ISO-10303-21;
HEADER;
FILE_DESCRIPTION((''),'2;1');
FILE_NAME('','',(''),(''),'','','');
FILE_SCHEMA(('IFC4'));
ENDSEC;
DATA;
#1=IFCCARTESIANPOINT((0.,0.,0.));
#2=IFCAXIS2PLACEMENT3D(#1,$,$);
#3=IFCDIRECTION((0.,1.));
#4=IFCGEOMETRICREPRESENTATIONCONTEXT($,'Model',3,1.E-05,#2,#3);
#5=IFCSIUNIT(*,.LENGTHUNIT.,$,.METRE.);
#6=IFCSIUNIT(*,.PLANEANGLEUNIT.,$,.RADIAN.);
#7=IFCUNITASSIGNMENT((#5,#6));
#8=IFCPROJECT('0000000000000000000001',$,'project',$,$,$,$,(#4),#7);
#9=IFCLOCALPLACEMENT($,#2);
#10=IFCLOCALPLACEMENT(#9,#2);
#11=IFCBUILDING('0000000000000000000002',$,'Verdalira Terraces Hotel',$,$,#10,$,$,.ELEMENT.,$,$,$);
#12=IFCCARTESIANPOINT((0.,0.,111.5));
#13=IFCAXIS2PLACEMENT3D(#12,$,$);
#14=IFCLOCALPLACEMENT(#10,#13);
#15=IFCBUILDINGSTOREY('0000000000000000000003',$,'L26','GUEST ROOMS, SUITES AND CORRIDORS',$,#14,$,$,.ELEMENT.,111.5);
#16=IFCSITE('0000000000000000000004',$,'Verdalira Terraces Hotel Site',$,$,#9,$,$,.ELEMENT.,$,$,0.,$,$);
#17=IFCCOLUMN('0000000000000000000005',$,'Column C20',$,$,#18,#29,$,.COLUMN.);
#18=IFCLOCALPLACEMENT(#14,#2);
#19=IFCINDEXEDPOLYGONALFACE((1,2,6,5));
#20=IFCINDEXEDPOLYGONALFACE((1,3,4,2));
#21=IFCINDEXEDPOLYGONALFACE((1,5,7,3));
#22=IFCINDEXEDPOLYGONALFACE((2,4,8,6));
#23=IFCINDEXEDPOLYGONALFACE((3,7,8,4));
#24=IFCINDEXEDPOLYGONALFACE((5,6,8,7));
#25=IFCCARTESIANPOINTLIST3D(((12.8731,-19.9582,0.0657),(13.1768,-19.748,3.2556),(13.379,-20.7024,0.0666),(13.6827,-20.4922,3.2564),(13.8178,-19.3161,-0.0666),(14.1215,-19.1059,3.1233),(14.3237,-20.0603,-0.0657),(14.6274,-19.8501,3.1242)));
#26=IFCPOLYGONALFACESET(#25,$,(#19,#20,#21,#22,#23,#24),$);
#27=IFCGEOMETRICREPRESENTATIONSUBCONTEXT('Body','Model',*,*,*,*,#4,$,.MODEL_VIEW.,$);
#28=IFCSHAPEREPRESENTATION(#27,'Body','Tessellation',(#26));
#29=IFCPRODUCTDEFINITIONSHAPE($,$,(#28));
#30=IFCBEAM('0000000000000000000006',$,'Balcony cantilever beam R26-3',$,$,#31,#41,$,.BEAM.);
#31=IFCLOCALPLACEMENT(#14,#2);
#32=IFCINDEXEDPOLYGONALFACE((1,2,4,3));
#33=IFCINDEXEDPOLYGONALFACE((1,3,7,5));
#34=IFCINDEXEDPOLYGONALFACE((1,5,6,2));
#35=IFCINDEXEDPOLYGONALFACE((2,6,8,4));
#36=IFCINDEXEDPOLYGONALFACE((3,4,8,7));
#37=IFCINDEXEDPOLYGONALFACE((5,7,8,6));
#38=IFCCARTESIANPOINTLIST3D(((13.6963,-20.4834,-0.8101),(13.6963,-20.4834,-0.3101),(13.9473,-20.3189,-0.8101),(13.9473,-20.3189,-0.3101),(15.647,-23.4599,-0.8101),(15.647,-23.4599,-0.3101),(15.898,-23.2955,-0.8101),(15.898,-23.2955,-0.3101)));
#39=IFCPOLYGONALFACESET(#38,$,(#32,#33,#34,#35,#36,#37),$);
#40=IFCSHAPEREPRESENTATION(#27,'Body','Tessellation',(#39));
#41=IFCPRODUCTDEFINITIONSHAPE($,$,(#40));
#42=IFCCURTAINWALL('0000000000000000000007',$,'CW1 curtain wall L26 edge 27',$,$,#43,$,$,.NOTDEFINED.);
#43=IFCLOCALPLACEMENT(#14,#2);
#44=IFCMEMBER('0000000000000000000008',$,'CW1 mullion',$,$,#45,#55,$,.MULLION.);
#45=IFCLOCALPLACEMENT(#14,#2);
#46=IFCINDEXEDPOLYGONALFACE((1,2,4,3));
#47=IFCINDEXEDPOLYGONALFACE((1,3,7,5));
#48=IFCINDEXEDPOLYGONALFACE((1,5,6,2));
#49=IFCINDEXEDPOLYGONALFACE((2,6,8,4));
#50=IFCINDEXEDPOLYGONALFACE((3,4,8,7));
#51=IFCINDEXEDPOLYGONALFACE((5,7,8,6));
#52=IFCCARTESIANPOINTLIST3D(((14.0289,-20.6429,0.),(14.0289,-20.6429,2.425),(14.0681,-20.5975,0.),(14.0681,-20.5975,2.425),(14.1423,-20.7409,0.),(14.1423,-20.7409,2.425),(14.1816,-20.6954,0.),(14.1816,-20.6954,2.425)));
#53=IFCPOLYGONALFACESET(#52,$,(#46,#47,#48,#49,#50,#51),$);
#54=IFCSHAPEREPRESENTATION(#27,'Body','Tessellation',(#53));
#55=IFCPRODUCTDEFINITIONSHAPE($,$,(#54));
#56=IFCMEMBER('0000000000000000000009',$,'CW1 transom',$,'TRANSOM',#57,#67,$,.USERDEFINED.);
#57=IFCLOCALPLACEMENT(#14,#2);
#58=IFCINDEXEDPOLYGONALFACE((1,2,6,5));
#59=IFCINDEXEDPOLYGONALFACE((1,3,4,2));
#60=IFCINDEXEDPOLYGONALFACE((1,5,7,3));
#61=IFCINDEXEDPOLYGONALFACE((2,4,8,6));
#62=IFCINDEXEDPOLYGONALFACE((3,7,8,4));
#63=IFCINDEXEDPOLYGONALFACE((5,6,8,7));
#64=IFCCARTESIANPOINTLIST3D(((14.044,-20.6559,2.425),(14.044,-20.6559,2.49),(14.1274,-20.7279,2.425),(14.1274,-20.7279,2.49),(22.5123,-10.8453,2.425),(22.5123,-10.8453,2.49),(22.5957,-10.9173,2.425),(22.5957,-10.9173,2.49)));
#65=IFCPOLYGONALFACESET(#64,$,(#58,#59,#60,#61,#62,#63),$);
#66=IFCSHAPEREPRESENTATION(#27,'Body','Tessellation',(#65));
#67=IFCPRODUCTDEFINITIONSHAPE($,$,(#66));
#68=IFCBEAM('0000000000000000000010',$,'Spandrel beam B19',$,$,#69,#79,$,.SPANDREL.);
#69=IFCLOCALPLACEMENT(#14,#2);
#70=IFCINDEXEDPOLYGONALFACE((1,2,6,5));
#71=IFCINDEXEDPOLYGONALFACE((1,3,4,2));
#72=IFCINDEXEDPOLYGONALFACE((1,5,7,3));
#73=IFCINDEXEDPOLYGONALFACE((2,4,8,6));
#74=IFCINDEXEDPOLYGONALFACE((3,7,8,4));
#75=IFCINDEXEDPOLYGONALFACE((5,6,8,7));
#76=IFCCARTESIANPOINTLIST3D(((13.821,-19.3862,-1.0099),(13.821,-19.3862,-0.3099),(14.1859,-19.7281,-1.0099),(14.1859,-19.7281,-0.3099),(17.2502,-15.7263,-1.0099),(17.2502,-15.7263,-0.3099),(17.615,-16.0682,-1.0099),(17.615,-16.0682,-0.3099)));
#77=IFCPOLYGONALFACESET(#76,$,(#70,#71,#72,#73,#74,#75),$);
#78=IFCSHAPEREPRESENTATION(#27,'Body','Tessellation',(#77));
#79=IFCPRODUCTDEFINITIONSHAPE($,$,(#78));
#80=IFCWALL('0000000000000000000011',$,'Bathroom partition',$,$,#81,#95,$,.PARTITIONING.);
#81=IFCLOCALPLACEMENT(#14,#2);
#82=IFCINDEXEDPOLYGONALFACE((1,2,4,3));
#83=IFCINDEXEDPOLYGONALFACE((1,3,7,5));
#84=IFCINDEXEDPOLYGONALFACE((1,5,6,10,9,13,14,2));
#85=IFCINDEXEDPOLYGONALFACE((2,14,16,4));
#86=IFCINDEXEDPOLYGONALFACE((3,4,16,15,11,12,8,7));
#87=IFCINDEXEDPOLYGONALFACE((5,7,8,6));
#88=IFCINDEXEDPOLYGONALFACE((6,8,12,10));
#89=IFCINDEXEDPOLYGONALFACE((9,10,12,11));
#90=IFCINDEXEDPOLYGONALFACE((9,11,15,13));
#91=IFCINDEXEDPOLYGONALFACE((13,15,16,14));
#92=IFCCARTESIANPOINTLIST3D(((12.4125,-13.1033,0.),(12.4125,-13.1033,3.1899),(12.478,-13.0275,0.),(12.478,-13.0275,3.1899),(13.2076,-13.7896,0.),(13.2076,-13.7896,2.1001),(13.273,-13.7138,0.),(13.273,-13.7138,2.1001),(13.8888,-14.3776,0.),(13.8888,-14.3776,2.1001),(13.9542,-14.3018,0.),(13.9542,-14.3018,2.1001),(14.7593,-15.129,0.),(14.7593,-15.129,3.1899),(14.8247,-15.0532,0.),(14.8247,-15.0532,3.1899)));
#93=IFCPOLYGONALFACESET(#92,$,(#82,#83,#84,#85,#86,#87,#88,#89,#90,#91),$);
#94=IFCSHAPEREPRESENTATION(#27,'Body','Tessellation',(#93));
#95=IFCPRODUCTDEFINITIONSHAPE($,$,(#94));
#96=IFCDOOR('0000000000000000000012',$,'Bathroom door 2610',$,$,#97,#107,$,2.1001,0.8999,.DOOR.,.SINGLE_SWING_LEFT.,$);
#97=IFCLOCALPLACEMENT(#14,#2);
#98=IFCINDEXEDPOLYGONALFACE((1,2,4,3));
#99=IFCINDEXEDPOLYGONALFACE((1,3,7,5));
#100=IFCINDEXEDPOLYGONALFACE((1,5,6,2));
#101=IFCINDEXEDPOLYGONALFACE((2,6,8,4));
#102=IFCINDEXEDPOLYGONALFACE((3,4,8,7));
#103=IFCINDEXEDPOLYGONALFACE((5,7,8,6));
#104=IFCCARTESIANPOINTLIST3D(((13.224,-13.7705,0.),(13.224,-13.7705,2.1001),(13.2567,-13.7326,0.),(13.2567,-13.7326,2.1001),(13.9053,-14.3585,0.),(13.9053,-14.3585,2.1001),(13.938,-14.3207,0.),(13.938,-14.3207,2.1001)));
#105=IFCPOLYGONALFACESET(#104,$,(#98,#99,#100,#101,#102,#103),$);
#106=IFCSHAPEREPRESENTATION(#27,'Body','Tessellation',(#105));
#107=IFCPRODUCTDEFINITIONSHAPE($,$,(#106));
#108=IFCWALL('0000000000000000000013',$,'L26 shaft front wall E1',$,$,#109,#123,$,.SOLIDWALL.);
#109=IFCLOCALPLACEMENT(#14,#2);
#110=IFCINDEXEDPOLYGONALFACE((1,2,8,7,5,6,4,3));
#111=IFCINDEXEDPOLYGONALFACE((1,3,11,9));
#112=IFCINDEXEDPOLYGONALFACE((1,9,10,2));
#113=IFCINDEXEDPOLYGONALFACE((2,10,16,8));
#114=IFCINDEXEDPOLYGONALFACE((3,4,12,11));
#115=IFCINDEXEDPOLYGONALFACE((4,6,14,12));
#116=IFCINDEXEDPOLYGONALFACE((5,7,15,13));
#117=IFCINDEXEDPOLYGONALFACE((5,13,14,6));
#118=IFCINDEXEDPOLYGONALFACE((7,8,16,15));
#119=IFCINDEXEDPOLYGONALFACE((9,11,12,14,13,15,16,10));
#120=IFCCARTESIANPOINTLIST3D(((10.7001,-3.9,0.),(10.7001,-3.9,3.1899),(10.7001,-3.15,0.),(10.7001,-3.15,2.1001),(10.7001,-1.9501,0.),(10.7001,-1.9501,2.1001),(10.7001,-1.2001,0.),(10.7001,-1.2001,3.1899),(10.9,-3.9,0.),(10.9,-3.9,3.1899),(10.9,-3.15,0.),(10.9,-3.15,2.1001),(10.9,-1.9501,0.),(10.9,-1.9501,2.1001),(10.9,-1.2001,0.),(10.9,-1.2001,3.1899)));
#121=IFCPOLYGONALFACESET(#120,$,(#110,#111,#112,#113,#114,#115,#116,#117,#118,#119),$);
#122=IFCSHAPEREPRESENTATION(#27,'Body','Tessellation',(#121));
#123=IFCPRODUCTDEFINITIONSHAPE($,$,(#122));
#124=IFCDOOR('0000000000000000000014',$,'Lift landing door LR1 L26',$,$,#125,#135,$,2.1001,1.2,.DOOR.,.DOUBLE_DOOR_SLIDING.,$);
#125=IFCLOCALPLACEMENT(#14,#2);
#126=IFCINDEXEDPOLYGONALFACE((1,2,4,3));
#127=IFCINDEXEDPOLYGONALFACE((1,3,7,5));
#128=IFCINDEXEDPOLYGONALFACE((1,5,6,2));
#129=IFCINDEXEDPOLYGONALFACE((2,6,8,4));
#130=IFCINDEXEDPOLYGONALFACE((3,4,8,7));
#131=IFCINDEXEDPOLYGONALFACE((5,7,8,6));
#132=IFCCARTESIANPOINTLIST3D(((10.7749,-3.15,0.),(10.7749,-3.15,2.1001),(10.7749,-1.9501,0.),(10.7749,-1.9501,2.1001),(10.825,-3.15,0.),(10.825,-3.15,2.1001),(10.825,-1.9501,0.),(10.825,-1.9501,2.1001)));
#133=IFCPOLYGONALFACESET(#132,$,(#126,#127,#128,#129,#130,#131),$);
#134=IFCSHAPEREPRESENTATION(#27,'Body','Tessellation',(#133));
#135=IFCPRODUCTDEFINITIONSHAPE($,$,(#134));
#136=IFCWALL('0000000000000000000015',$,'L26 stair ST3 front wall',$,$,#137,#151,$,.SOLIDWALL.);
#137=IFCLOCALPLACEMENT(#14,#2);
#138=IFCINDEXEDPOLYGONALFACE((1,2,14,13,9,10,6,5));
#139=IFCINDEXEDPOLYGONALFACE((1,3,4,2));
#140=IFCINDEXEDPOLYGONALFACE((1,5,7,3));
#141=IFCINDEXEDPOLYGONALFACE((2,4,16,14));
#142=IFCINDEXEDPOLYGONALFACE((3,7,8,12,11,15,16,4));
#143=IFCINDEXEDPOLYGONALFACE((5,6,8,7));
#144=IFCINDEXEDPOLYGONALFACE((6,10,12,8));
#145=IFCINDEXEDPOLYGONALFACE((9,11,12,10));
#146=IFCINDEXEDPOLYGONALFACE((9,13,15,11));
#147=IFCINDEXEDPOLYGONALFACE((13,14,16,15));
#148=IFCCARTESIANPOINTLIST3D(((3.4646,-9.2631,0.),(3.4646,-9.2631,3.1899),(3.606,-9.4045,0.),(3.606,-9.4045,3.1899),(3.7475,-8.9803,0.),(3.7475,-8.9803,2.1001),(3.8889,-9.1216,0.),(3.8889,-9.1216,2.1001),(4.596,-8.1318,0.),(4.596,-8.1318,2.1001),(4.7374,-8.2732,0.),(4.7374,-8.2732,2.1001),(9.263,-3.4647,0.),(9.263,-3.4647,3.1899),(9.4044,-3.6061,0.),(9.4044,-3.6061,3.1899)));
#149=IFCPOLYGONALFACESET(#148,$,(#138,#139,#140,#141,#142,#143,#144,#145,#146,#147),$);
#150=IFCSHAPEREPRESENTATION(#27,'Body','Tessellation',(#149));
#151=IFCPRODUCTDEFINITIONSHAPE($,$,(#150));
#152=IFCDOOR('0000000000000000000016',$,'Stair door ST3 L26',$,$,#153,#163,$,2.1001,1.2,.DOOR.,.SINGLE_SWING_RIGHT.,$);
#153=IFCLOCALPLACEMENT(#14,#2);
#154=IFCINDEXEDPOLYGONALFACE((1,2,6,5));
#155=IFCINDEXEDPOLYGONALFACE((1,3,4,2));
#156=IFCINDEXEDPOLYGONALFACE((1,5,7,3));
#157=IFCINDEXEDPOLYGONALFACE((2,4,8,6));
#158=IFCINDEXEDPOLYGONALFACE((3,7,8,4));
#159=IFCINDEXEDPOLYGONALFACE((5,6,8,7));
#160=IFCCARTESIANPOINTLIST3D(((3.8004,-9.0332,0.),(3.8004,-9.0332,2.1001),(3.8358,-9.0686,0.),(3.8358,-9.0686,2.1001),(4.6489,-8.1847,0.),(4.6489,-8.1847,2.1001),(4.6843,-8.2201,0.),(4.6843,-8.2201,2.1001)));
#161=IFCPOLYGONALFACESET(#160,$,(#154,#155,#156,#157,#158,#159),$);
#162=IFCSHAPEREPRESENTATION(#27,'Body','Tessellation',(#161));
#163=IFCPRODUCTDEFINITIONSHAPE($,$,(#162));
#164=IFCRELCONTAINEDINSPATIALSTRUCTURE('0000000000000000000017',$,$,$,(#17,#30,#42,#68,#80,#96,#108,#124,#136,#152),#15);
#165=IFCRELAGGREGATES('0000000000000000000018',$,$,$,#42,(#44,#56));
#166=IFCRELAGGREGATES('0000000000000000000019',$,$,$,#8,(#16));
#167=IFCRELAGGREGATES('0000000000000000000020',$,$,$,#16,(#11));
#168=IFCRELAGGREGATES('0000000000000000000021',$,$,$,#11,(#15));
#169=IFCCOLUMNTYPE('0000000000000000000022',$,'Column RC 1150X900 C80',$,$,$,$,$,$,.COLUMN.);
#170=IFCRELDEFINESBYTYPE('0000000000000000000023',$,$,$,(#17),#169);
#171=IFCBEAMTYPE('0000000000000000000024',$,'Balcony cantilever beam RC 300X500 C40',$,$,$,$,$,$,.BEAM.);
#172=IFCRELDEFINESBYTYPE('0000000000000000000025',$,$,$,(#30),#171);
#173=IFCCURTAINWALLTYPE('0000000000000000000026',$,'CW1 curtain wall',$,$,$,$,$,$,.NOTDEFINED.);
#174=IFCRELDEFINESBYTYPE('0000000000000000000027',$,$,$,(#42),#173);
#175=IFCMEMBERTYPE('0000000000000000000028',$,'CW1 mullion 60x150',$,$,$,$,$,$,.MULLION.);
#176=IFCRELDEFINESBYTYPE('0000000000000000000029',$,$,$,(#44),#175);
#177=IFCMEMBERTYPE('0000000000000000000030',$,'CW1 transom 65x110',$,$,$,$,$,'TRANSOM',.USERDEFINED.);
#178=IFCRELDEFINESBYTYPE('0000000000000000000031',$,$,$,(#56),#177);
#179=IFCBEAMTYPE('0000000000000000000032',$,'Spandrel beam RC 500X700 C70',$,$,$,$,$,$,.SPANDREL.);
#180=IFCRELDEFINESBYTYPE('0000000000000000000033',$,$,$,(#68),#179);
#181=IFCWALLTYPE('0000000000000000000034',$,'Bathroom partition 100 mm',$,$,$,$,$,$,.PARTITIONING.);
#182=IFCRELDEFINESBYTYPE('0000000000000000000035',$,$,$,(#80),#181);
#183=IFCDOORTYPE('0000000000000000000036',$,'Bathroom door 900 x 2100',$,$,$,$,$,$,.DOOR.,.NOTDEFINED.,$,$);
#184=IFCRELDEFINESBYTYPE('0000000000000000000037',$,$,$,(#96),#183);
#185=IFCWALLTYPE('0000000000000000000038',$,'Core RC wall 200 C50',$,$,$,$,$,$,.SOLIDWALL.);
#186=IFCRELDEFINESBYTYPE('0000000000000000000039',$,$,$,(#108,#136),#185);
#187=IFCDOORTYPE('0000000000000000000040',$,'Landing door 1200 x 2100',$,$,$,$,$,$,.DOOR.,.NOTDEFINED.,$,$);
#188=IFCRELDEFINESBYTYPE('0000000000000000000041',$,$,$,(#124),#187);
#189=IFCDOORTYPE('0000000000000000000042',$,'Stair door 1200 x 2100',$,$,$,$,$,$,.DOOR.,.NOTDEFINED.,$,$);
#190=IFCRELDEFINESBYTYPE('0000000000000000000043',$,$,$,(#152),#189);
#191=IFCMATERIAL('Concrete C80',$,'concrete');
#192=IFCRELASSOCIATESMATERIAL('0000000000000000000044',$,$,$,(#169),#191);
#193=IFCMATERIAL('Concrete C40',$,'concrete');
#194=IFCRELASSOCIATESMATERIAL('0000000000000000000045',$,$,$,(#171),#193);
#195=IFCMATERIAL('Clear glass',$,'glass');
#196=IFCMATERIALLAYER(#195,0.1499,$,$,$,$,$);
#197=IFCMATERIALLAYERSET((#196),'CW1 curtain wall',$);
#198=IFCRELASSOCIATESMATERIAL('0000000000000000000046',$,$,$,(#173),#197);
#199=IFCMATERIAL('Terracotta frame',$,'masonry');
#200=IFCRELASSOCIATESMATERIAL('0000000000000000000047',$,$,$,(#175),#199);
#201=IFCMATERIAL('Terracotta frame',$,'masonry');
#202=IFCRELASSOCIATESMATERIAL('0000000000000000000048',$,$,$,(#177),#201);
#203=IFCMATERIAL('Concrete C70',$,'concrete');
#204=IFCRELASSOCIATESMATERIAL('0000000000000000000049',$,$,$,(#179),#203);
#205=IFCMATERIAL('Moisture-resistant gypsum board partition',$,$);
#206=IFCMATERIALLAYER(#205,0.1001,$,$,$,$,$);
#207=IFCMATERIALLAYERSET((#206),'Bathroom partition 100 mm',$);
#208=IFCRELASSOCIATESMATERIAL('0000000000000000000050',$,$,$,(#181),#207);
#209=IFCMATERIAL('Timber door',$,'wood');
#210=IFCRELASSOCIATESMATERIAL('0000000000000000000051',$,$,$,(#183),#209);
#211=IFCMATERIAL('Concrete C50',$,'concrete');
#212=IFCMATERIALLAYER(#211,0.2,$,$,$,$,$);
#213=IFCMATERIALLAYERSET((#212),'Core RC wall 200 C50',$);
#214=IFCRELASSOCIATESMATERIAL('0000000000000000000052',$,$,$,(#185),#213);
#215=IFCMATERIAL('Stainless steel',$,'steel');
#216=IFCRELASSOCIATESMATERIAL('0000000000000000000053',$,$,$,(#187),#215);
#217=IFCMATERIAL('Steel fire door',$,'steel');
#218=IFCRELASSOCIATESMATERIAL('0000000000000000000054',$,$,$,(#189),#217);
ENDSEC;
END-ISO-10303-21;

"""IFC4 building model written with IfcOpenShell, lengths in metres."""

from ifc_helpers import new_model, si_unit, direction, frame, frame_2d, origin, origin_2d, place, context, subcontext, project, spatial, rectangle, extrude, material, layer, layer_set, material_profile, profile_set, type_object, element, fill, aggregate, save


model = new_model("IFC4")

# Units and contexts
model_context = context("Model", 3, precision=1e-05, world=origin(), true_north=direction((0.0, 1.0)))
body_context = subcontext(model_context, "Body", "Model", "MODEL_VIEW")
ifc_project = project(units=[si_unit("LENGTHUNIT", "METRE"), si_unit("PLANEANGLEUNIT", "RADIAN")], contexts=[model_context])

# Site, building, storey
site_placement = place(None, origin())
site = spatial("IfcSite", under=ifc_project, at=site_placement, Name="Verdalira Terraces Hotel Site", CompositionType="ELEMENT", RefElevation=0.0)
building_placement = place(site_placement, origin())
building = spatial("IfcBuilding", under=site, at=building_placement, Name="Verdalira Terraces Hotel", CompositionType="ELEMENT")
storey_placement = place(building_placement, frame((0.0, 0.0, 111.5)))
storey = spatial("IfcBuildingStorey", under=building, at=storey_placement, Name="L26", Description="GUEST ROOMS, SUITES AND CORRIDORS", CompositionType="ELEMENT", Elevation=111.5)

# Column
ifc_material_1 = material(Name="Concrete C80", Category="concrete")
ifc_material_profile_1 = material_profile(ifc_material_1, rectangle(XDim=1.1499, YDim=0.8999, at=origin_2d()), Name="RC 1150X900")
ifc_profile_set_1 = profile_set([ifc_material_profile_1], Name="Concrete C80")
column_type = type_object("IfcColumnType", Name="Column RC 1150X900 C80", PredefinedType="COLUMN", material=ifc_profile_set_1)
column_placement = place(storey_placement, frame((13.5984, -20.0093, 0.0), z_axis=(0.094577, 0.065459, 0.993363), x_axis=(-0.821577, -0.558375, 0.115016)))
element("IfcColumn", 1, at=column_placement, inside=storey, type_object=column_type, Name="Column C20", PredefinedType="COLUMN", context=body_context, shape_type="SweptSolid", body=[
    extrude(rectangle(XDim=1.1499, YDim=0.8999, at=origin_2d()), origin(), (0.0, 0.0, 1.0), 3.2112),
])

# Beam
ifc_material_2 = material(Name="Concrete C40", Category="concrete")
ifc_material_profile_2 = material_profile(ifc_material_2, rectangle(XDim=0.3, YDim=0.5, at=origin_2d()), Name="RC 300X500")
ifc_profile_set_2 = profile_set([ifc_material_profile_2], Name="Concrete C40")
beam_type_1 = type_object("IfcBeamType", Name="Balcony cantilever beam RC 300X500 C40", PredefinedType="BEAM", material=ifc_profile_set_2)
beam_1_placement = place(storey_placement, frame((13.8218, -20.4011, -0.5601), z_axis=(0.548129, -0.836394, 0.0), x_axis=(0.836394, 0.548129, 0.0)))
element("IfcBeam", 2, at=beam_1_placement, inside=storey, type_object=beam_type_1, Name="Balcony cantilever beam R26-3", PredefinedType="BEAM", context=body_context, shape_type="SweptSolid", body=[
    extrude(rectangle(XDim=0.3, YDim=0.5, at=origin_2d()), origin(), (0.0, 0.0, 1.0), 3.5588),
])

# Curtain wall, members
ifc_material_3 = material(Name="Clear glass", Category="glass")
ifc_layer_1 = layer(ifc_material_3, 0.1499)
ifc_layer_set_1 = layer_set([ifc_layer_1], Name="CW1 curtain wall")
curtain_wall_type = type_object("IfcCurtainWallType", Name="CW1 curtain wall", PredefinedType="NOTDEFINED", material=ifc_layer_set_1)
curtain_wall_placement = place(storey_placement, origin())
curtain_wall = element("IfcCurtainWall", 3, at=curtain_wall_placement, inside=storey, type_object=curtain_wall_type, Name="CW1 curtain wall L26 edge 27", PredefinedType="NOTDEFINED")
ifc_material_4 = material(Name="Terracotta frame", Category="masonry")
ifc_material_profile_3 = material_profile(ifc_material_4, rectangle(XDim=0.0601, YDim=0.1499, at=origin_2d()), Name="MU 60x150")
ifc_profile_set_3 = profile_set([ifc_material_profile_3], Name="Terracotta frame")
member_type_1 = type_object("IfcMemberType", Name="CW1 mullion 60x150", PredefinedType="MULLION", material=ifc_profile_set_3)
member_1_placement = place(storey_placement, frame((14.1052, -20.6692, 0.0), z_axis=(0.0, 0.0, 1.0), x_axis=(0.653421, 0.756995, 0.0)))
member_1 = element("IfcMember", 4, at=member_1_placement, type_object=member_type_1, Name="CW1 mullion", PredefinedType="MULLION", context=body_context, shape_type="SweptSolid", body=[
    extrude(rectangle(XDim=0.0601, YDim=0.1499, at=origin_2d()), origin(), (0.0, 0.0, 1.0), 2.425),
])
ifc_material_5 = material(Name="Terracotta frame", Category="masonry")
ifc_material_profile_4 = material_profile(ifc_material_5, rectangle(XDim=0.1101, YDim=0.0649, at=origin_2d()), Name="TR 65x110")
ifc_profile_set_4 = profile_set([ifc_material_profile_4], Name="Terracotta frame")
member_type_2 = type_object("IfcMemberType", Name="CW1 transom 65x110", ElementType="TRANSOM", PredefinedType="USERDEFINED", material=ifc_profile_set_4)
member_2_placement = place(storey_placement, frame((14.0857, -20.6919, 2.4575), z_axis=(0.653422, 0.756994, 0.0), x_axis=(-0.756994, 0.653422, 0.0)))
member_2 = element("IfcMember", 5, at=member_2_placement, type_object=member_type_2, Name="CW1 transom", ObjectType="TRANSOM", PredefinedType="USERDEFINED", context=body_context, shape_type="SweptSolid", body=[
    extrude(rectangle(XDim=0.1101, YDim=0.0649, at=origin_2d()), origin(), (0.0, 0.0, 1.0), 12.96),
])
aggregate(curtain_wall, [member_1, member_2])

# Beam
ifc_material_6 = material(Name="Concrete C70", Category="concrete")
ifc_material_profile_5 = material_profile(ifc_material_6, rectangle(XDim=0.5, YDim=0.7, at=origin_2d()), Name="RC 500X700")
ifc_profile_set_5 = profile_set([ifc_material_profile_5], Name="Concrete C70")
beam_type_2 = type_object("IfcBeamType", Name="Spandrel beam RC 500X700 C70", PredefinedType="SPANDREL", material=ifc_profile_set_5)
beam_2_placement = place(storey_placement, frame((14.0034, -19.5571, -0.6599), z_axis=(0.683732, 0.729733, 0.0), x_axis=(-0.729733, 0.683732, 0.0)))
element("IfcBeam", 6, at=beam_2_placement, inside=storey, type_object=beam_type_2, Name="Spandrel beam B19", PredefinedType="SPANDREL", context=body_context, shape_type="SweptSolid", body=[
    extrude(rectangle(XDim=0.5, YDim=0.7, at=origin_2d()), origin(), (0.0, 0.0, 1.0), 5.0154),
])

# Walls, openings, doors
ifc_material_7 = material(Name="Moisture-resistant gypsum board partition")
ifc_layer_2 = layer(ifc_material_7, 0.1001)
ifc_layer_set_2 = layer_set([ifc_layer_2], Name="Bathroom partition 100 mm")
wall_type_1 = type_object("IfcWallType", Name="Bathroom partition 100 mm", PredefinedType="PARTITIONING", material=ifc_layer_set_2)
wall_1_placement = place(storey_placement, frame((14.792, -15.0911, 0.0), z_axis=(0.0, 0.0, 1.0), x_axis=(-0.756989, 0.653427, 0.0)))
wall_1 = element("IfcWall", 7, at=wall_1_placement, inside=storey, type_object=wall_type_1, Name="Bathroom partition", PredefinedType="PARTITIONING", context=body_context, shape_type="SweptSolid", body=[
    extrude(rectangle(XDim=3.1001, YDim=0.1001, at=frame_2d((1.55, 0.0))), origin(), (0.0, 0.0, 1.0), 3.1899),
])
opening_1_placement = place(wall_1_placement, frame((1.1499, 0.0, 0.0)))
opening_1 = element("IfcOpeningElement", 8, at=opening_1_placement, cuts=wall_1, PredefinedType="OPENING", context=body_context, shape_type="SweptSolid", body=[
    extrude(rectangle(XDim=0.8999, YDim=2.1001, at=frame_2d((0.45, 1.05))), frame((0.0, 0.0601, 0.0), z_axis=(0.0, -1.0, 0.0), x_axis=(1.0, 0.0, 0.0)), (0.0, 0.0, 1.0), 0.1201),
])
ifc_material_8 = material(Name="Timber door", Category="wood")
door_type_1 = type_object("IfcDoorType", Name="Bathroom door 900 x 2100", OperationType="NOTDEFINED", PredefinedType="DOOR", material=ifc_material_8)
door_1_placement = place(opening_1_placement, origin())
door_1 = element("IfcDoor", 9, at=door_1_placement, inside=storey, type_object=door_type_1, Name="Bathroom door 2610", OperationType="SINGLE_SWING_LEFT", OverallHeight=2.1001, OverallWidth=0.8999, PredefinedType="DOOR", context=body_context, shape_type="SweptSolid", body=[
    extrude(rectangle(XDim=0.8999, YDim=2.1001, at=frame_2d((0.45, 1.05))), frame((0.0, 0.0249, 0.0), z_axis=(0.0, -1.0, 0.0), x_axis=(1.0, 0.0, 0.0)), (0.0, 0.0, 1.0), 0.05),
])
fill(opening_1, door_1)
ifc_material_9 = material(Name="Concrete C50", Category="concrete")
ifc_layer_3 = layer(ifc_material_9, 0.2)
ifc_layer_set_3 = layer_set([ifc_layer_3], Name="Core RC wall 200 C50")
wall_type_2 = type_object("IfcWallType", Name="Core RC wall 200 C50", PredefinedType="SOLIDWALL", material=ifc_layer_set_3)
wall_2_placement = place(storey_placement, frame((10.8, -1.2, 0.0), z_axis=(0.0, 0.0, 1.0), x_axis=(0.0, -1.0, 0.0)))
wall_2 = element("IfcWall", 10, at=wall_2_placement, inside=storey, type_object=wall_type_2, Name="L26 shaft front wall E1", PredefinedType="SOLIDWALL", context=body_context, shape_type="SweptSolid", body=[
    extrude(rectangle(XDim=2.7, YDim=0.2, at=frame_2d((1.3501, 0.0))), origin(), (0.0, 0.0, 1.0), 3.1899),
])
opening_2_placement = place(wall_2_placement, frame((0.75, 0.0, 0.0)))
opening_2 = element("IfcOpeningElement", 11, at=opening_2_placement, cuts=wall_2, PredefinedType="OPENING", context=body_context, shape_type="SweptSolid", body=[
    extrude(rectangle(XDim=1.2, YDim=2.1001, at=frame_2d((0.6001, 1.05))), frame((0.0, 0.1099, 0.0), z_axis=(0.0, -1.0, 0.0), x_axis=(1.0, 0.0, 0.0)), (0.0, 0.0, 1.0), 0.22),
])
ifc_material_10 = material(Name="Stainless steel", Category="steel")
door_type_2 = type_object("IfcDoorType", Name="Landing door 1200 x 2100", OperationType="NOTDEFINED", PredefinedType="DOOR", material=ifc_material_10)
door_2_placement = place(opening_2_placement, origin())
door_2 = element("IfcDoor", 12, at=door_2_placement, inside=storey, type_object=door_type_2, Name="Lift landing door LR1 L26", OperationType="DOUBLE_DOOR_SLIDING", OverallHeight=2.1001, OverallWidth=1.2, PredefinedType="DOOR", context=body_context, shape_type="SweptSolid", body=[
    extrude(rectangle(XDim=1.2, YDim=2.1001, at=frame_2d((0.6001, 1.05))), frame((0.0, 0.0249, 0.0), z_axis=(0.0, -1.0, 0.0), x_axis=(1.0, 0.0, 0.0)), (0.0, 0.0, 1.0), 0.05),
])
fill(opening_2, door_2)
wall_3_placement = place(storey_placement, frame((9.3337, -3.5354, 0.0), z_axis=(0.0, 0.0, 1.0), x_axis=(-0.707107, -0.707107, 0.0)))
wall_3 = element("IfcWall", 13, at=wall_3_placement, inside=storey, type_object=wall_type_2, Name="L26 stair ST3 front wall", PredefinedType="SOLIDWALL", context=body_context, shape_type="SweptSolid", body=[
    extrude(rectangle(XDim=8.2002, YDim=0.2, at=frame_2d((4.1001, 0.0))), origin(), (0.0, 0.0, 1.0), 3.1899),
])
opening_3_placement = place(wall_3_placement, frame((6.6001, 0.0, 0.0)))
opening_3 = element("IfcOpeningElement", 14, at=opening_3_placement, cuts=wall_3, PredefinedType="OPENING", context=body_context, shape_type="SweptSolid", body=[
    extrude(rectangle(XDim=1.2, YDim=2.1001, at=frame_2d((0.6001, 1.05))), frame((0.0, 0.1099, 0.0), z_axis=(0.0, -1.0, 0.0), x_axis=(1.0, 0.0, 0.0)), (0.0, 0.0, 1.0), 0.22),
])
ifc_material_11 = material(Name="Steel fire door", Category="steel")
door_type_3 = type_object("IfcDoorType", Name="Stair door 1200 x 2100", OperationType="NOTDEFINED", PredefinedType="DOOR", material=ifc_material_11)
door_3_placement = place(opening_3_placement, origin())
door_3 = element("IfcDoor", 15, at=door_3_placement, inside=storey, type_object=door_type_3, Name="Stair door ST3 L26", OperationType="SINGLE_SWING_RIGHT", OverallHeight=2.1001, OverallWidth=1.2, PredefinedType="DOOR", context=body_context, shape_type="SweptSolid", body=[
    extrude(rectangle(XDim=1.2, YDim=2.1001, at=frame_2d((0.6001, 1.05))), frame((0.0, 0.0249, 0.0), z_axis=(0.0, -1.0, 0.0), x_axis=(1.0, 0.0, 0.0)), (0.0, 0.0, 1.0), 0.05),
])
fill(opening_3, door_3)

save(model, "model.ifc")
